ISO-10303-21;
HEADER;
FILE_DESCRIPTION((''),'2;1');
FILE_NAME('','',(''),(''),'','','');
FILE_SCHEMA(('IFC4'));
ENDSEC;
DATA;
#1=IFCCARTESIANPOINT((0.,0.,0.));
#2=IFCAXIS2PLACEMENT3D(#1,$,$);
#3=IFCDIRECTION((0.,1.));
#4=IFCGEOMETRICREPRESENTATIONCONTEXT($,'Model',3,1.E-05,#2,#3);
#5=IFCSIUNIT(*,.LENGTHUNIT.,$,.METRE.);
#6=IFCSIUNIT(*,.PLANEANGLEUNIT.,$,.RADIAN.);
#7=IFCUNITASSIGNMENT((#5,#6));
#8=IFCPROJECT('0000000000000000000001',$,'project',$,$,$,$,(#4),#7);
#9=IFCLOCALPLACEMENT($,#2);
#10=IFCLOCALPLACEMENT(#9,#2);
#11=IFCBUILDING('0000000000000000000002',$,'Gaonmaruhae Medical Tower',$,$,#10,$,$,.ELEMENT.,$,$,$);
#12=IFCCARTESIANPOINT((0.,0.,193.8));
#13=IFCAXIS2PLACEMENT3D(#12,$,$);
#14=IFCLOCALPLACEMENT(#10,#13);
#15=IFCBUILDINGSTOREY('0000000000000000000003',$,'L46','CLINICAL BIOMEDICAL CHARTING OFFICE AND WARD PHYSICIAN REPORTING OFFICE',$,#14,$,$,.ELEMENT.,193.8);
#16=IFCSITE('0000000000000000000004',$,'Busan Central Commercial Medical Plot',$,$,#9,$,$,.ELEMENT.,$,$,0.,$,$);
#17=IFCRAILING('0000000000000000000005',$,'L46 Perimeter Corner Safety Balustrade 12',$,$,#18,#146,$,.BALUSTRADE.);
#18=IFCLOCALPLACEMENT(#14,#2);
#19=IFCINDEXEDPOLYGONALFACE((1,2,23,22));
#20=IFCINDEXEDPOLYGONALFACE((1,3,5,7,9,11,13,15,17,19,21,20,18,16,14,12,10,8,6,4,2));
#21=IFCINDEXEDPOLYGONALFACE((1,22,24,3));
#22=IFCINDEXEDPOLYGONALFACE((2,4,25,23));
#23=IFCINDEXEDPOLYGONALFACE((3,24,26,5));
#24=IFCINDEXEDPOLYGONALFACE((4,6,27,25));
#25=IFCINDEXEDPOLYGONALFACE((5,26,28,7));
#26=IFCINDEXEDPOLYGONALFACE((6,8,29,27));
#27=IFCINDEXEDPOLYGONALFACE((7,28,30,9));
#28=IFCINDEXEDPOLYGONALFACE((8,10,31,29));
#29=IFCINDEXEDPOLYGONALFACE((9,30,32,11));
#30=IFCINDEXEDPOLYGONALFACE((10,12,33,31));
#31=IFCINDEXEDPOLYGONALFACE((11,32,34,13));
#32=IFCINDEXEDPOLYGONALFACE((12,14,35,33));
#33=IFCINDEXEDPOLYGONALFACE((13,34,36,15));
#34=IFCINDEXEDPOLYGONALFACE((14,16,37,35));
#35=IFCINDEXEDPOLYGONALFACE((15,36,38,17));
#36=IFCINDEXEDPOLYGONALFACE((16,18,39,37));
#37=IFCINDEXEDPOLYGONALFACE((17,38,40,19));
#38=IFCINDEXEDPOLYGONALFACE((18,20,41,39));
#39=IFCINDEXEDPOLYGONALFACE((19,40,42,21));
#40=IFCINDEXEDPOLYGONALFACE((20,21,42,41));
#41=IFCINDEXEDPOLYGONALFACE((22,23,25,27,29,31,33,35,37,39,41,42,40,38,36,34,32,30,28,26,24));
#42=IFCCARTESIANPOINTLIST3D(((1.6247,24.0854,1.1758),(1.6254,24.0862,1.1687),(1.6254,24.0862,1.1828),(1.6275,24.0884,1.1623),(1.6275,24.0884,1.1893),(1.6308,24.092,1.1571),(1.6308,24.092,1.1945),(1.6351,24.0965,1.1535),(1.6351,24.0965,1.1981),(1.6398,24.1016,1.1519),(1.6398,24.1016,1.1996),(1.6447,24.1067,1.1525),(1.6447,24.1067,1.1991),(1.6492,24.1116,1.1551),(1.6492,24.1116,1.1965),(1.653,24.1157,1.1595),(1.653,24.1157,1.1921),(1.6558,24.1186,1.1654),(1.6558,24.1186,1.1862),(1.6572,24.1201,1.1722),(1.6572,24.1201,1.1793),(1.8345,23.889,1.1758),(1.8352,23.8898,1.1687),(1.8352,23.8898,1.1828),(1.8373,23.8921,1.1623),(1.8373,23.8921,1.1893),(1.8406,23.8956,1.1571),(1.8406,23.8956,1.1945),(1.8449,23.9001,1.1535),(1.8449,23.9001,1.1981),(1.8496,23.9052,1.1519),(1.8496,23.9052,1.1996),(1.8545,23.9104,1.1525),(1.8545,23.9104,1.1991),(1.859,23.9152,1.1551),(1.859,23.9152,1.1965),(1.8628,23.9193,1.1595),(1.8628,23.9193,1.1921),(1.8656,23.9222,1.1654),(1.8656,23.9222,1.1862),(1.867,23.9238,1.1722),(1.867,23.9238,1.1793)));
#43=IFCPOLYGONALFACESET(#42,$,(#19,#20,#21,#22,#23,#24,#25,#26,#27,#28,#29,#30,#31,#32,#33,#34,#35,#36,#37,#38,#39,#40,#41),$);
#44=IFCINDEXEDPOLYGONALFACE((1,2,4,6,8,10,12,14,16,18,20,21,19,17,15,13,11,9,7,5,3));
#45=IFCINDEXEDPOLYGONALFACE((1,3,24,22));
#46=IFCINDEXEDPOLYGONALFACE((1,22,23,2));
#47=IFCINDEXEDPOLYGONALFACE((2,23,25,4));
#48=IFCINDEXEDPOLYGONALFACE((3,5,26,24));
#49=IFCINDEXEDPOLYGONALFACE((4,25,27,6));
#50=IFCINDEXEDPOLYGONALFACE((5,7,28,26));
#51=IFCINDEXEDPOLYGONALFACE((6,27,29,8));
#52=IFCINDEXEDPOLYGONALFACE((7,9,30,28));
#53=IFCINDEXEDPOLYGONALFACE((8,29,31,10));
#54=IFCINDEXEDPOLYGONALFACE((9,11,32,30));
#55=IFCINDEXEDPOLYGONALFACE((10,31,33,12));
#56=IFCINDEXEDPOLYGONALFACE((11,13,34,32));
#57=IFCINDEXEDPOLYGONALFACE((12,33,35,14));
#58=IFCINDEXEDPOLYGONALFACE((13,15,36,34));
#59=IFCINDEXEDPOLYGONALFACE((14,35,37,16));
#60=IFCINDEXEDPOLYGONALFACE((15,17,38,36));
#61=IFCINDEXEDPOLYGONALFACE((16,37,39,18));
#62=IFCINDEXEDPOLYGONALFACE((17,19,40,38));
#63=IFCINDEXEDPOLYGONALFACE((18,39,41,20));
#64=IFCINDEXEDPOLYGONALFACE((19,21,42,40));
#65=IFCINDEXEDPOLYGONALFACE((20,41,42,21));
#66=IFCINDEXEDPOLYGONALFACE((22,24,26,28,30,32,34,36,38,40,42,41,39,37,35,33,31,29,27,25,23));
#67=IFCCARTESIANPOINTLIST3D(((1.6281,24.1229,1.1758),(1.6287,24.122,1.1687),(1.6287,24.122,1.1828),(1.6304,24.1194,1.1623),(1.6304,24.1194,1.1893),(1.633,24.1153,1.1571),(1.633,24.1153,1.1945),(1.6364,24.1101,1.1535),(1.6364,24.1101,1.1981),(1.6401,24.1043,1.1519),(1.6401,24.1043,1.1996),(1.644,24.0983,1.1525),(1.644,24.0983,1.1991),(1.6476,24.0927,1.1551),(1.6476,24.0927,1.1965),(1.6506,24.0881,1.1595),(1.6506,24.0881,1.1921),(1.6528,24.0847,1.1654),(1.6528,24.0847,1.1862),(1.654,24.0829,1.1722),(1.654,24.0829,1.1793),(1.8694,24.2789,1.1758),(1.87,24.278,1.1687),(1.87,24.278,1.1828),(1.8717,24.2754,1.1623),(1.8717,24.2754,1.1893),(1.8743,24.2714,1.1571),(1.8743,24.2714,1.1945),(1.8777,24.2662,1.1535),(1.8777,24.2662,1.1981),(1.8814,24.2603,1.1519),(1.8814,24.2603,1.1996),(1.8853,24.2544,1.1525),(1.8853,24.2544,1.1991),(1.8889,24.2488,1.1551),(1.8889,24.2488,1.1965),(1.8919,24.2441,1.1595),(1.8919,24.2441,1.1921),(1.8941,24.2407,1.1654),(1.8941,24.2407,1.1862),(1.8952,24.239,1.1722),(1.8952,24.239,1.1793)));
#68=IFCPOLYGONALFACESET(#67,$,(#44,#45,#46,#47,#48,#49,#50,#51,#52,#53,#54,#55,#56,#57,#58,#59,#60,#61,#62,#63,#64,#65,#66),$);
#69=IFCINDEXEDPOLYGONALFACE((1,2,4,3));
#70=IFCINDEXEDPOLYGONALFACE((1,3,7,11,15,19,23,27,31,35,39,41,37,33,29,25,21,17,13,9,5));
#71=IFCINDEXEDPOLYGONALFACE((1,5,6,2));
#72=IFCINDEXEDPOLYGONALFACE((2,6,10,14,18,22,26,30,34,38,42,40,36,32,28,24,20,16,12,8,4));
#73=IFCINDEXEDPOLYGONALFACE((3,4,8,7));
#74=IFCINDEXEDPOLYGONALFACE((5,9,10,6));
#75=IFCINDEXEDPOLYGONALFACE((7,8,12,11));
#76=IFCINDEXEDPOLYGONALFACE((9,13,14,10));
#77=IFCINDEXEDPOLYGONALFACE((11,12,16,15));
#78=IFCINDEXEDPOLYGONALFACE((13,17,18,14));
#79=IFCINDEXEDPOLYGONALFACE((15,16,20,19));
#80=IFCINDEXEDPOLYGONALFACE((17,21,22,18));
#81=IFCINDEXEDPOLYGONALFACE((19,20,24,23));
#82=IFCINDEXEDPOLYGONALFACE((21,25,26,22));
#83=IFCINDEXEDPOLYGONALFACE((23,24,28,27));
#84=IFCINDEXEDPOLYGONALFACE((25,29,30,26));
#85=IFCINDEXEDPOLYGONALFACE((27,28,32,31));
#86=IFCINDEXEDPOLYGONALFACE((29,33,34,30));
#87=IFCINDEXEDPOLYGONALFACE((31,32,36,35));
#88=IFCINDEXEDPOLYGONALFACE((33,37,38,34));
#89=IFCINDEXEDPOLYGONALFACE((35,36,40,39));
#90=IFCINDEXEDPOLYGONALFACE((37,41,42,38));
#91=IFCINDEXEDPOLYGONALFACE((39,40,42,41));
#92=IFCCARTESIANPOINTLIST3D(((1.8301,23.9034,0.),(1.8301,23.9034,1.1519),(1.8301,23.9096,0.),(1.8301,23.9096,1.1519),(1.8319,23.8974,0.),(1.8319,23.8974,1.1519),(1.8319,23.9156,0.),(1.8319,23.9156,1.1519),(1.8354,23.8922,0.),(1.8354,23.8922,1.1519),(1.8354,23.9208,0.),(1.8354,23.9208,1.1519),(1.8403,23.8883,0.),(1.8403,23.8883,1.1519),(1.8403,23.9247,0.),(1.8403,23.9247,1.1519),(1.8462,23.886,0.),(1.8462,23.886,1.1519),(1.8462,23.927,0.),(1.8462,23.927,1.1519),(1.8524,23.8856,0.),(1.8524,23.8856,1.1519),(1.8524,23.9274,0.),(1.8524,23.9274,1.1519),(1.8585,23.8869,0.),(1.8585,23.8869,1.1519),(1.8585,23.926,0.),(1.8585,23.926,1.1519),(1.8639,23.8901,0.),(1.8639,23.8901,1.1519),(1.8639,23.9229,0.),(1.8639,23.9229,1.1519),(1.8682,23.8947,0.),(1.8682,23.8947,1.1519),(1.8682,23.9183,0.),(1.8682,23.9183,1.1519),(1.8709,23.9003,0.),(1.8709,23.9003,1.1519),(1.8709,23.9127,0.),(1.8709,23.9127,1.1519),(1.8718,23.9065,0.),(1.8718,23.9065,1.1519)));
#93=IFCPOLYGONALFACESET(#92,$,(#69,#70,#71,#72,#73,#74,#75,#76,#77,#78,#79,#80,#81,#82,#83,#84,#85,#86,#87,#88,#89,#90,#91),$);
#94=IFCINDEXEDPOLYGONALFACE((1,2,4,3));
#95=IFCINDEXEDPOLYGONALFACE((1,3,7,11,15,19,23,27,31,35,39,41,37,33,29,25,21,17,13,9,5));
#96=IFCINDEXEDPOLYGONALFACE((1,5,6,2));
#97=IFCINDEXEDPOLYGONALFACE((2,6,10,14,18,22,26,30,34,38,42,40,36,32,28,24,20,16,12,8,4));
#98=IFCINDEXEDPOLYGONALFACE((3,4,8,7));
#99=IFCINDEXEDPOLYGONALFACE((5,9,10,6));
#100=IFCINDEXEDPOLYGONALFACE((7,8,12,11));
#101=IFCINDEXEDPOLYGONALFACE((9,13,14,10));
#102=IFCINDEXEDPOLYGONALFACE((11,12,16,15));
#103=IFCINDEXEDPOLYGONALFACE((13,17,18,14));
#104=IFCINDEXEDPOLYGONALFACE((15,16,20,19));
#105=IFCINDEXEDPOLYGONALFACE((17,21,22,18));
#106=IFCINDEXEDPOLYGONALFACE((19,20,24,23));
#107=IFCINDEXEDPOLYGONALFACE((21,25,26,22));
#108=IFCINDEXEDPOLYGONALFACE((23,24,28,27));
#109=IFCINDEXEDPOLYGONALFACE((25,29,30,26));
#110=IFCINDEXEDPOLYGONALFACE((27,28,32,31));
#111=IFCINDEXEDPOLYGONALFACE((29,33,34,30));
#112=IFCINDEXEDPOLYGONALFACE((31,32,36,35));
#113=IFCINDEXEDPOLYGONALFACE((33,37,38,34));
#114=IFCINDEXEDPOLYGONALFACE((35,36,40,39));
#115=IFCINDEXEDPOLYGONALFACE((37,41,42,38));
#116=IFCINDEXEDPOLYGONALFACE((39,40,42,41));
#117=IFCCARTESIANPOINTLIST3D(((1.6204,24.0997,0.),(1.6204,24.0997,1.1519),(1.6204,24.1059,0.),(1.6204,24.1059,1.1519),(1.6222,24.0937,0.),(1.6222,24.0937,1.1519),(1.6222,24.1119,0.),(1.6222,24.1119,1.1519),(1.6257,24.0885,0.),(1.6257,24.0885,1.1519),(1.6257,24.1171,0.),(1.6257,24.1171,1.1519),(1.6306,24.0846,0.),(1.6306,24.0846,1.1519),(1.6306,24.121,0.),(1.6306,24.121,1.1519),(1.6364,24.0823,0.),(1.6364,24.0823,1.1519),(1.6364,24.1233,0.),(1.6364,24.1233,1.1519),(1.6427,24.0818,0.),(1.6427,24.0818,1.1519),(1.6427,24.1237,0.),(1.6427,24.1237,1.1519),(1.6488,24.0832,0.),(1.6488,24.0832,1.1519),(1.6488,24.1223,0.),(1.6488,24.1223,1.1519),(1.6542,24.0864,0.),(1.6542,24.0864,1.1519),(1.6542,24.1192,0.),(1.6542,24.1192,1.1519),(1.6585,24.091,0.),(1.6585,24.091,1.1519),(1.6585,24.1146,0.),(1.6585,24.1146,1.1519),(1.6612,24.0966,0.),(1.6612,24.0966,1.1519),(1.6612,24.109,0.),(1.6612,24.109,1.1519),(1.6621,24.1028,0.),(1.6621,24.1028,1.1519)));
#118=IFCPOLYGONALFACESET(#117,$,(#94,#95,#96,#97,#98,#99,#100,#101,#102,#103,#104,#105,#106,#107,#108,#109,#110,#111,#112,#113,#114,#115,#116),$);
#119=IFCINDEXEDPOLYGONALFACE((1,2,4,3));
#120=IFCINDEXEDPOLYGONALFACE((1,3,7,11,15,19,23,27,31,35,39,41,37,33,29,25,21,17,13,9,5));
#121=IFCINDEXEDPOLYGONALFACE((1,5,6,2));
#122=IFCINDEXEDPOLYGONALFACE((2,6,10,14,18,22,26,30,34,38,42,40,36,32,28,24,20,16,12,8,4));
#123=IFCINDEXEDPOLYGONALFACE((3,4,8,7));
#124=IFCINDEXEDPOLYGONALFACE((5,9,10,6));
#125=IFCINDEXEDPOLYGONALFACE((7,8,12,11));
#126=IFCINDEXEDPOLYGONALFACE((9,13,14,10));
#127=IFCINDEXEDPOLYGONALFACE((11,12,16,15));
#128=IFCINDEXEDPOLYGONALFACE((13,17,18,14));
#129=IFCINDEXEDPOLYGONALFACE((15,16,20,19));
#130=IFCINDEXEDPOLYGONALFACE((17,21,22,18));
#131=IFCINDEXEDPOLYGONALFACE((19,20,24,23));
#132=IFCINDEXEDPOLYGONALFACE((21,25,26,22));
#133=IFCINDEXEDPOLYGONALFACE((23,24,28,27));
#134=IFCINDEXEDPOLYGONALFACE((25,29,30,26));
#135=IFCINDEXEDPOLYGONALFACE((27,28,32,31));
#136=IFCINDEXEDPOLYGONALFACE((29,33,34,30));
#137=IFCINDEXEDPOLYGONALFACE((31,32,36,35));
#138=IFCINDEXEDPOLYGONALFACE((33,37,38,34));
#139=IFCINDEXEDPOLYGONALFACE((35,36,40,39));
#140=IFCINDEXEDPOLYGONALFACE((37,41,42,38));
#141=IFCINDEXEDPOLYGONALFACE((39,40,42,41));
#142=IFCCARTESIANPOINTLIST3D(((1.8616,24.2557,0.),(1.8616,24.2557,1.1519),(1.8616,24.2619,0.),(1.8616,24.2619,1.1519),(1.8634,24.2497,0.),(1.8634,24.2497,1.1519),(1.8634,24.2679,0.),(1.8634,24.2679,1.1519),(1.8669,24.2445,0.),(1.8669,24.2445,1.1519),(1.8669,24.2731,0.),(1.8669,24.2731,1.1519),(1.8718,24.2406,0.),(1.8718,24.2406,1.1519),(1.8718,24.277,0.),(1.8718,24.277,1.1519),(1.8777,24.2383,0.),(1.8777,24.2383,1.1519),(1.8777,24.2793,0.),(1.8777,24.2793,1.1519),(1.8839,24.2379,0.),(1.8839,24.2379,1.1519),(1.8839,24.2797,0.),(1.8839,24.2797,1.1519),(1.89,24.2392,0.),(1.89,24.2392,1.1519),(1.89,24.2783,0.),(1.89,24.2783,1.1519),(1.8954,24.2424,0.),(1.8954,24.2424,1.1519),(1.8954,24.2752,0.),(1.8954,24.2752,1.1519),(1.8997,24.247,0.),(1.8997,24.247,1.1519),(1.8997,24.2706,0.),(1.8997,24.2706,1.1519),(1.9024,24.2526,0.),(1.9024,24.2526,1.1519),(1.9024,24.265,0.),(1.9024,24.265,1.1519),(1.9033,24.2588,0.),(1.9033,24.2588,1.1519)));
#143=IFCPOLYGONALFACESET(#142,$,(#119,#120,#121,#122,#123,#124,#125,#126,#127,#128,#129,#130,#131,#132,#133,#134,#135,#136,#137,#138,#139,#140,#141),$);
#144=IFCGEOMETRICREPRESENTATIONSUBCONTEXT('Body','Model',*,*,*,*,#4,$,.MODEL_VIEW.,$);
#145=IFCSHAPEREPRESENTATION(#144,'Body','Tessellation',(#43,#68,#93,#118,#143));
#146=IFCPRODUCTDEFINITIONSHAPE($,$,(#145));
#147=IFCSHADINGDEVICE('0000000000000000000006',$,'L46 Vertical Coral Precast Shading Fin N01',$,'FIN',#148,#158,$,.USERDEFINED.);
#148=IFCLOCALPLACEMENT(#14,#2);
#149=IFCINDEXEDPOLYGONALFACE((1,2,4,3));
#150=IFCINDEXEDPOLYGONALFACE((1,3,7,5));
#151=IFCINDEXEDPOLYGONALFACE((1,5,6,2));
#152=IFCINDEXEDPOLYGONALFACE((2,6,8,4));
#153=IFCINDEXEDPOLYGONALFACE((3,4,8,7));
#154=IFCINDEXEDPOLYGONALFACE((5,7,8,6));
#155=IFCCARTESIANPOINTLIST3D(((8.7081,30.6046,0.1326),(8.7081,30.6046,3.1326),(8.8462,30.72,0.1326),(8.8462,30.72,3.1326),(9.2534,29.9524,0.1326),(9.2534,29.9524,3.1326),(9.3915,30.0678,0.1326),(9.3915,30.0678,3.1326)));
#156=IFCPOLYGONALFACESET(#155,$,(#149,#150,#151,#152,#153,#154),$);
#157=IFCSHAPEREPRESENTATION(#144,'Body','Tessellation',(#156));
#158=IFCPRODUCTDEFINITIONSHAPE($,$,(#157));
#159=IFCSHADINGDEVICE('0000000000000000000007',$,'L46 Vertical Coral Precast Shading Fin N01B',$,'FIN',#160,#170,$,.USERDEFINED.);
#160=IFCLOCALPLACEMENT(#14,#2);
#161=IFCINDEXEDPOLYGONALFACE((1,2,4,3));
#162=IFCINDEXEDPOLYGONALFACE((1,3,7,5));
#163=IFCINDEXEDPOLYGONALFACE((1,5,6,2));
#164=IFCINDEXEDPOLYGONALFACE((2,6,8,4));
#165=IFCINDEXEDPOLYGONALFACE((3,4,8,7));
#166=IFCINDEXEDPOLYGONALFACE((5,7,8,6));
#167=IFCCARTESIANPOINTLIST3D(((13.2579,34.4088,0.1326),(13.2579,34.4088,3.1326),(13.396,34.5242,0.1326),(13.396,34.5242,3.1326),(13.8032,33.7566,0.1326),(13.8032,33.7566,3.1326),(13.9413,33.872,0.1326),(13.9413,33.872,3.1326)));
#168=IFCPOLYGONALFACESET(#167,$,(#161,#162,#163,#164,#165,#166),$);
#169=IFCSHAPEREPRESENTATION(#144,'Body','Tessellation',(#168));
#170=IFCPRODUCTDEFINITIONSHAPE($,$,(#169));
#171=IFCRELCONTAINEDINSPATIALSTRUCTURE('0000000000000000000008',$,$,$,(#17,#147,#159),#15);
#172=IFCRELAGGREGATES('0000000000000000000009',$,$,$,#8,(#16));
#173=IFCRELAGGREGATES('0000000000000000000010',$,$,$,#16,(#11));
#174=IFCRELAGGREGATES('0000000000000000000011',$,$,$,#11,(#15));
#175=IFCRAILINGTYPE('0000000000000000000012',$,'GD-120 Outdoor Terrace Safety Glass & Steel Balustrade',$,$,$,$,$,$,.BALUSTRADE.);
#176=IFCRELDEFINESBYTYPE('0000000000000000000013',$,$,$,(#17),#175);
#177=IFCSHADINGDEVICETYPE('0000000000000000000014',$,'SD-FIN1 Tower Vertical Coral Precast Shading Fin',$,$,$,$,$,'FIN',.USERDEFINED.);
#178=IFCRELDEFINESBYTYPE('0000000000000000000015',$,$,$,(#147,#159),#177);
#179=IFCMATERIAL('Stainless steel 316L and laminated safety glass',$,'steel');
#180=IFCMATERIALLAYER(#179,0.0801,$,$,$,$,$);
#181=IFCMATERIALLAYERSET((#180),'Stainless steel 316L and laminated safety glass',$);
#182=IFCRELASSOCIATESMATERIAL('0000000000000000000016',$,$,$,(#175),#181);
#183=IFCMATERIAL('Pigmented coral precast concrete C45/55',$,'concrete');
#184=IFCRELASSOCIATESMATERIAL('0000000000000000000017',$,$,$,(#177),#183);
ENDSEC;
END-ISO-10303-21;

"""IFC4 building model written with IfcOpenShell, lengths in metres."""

from ifc_helpers import new_model, si_unit, direction, frame, origin, origin_2d, place, context, subcontext, project, spatial, rectangle, circle, extrude, material, layer, layer_set, type_object, element, save


model = new_model("IFC4")

# Units and contexts
model_context = context("Model", 3, precision=1e-05, world=origin(), true_north=direction((0.0, 1.0)))
body_context = subcontext(model_context, "Body", "Model", "MODEL_VIEW")
ifc_project = project(units=[si_unit("LENGTHUNIT", "METRE"), si_unit("PLANEANGLEUNIT", "RADIAN")], contexts=[model_context])

# Site, building, storey
site_placement = place(None, origin())
site = spatial("IfcSite", under=ifc_project, at=site_placement, Name="Busan Central Commercial Medical Plot", CompositionType="ELEMENT", RefElevation=0.0)
building_placement = place(site_placement, origin())
building = spatial("IfcBuilding", under=site, at=building_placement, Name="Gaonmaruhae Medical Tower", CompositionType="ELEMENT")
storey_placement = place(building_placement, frame((0.0, 0.0, 193.8)))
storey = spatial("IfcBuildingStorey", under=building, at=storey_placement, Name="L46", Description="CLINICAL BIOMEDICAL CHARTING OFFICE AND WARD PHYSICIAN REPORTING OFFICE", CompositionType="ELEMENT", Elevation=193.8)

# Railing
ifc_material_1 = material(Name="Stainless steel 316L and laminated safety glass", Category="steel")
ifc_layer_1 = layer(ifc_material_1, 0.0801)
ifc_layer_set_1 = layer_set([ifc_layer_1], Name="Stainless steel 316L and laminated safety glass")
railing_type = type_object("IfcRailingType", Name="GD-120 Outdoor Terrace Safety Glass & Steel Balustrade", PredefinedType="BALUSTRADE", material=ifc_layer_set_1)
railing_placement = place(storey_placement, frame((1.8508, 23.9065, 0.0)))
element("IfcRailing", 1, at=railing_placement, inside=storey, type_object=railing_type, Name="L46 Perimeter Corner Safety Balustrade 12", PredefinedType="BALUSTRADE", context=body_context, shape_type="SweptSolid", body=[
    extrude(circle(Radius=0.0239, at=origin_2d()), frame((0.0, 0.0, 1.1758), z_axis=(-0.730094, 0.683347, 0.0), x_axis=(-0.683347, -0.730094, 0.0)), (0.0, 0.0, 1.0), 0.2874),
    extrude(circle(Radius=0.0239, at=origin_2d()), frame((-0.2097, 0.1963, 1.1758), z_axis=(0.839684, 0.543075, 0.0), x_axis=(-0.543075, 0.839684, 0.0)), (0.0, 0.0, 1.0), 0.2874),
    extrude(circle(Radius=0.021, at=origin_2d()), origin(), (0.0, 0.0, 1.0), 1.1519),
    extrude(circle(Radius=0.021, at=origin_2d()), frame((-0.2097, 0.1963, 0.0)), (0.0, 0.0, 1.0), 1.1519),
    extrude(circle(Radius=0.021, at=origin_2d()), frame((0.0315, 0.3523, 0.0)), (0.0, 0.0, 1.0), 1.1519),
])

# Shading devices
ifc_material_2 = material(Name="Pigmented coral precast concrete C45/55", Category="concrete")
shading_device_type = type_object("IfcShadingDeviceType", Name="SD-FIN1 Tower Vertical Coral Precast Shading Fin", ElementType="FIN", PredefinedType="USERDEFINED", material=ifc_material_2)
for number, where, z_axis, x_axis, name in (
    (2, (9.0498, 30.3362, 0.1326), (0.0, 0.0, 1.0), (0.767165, 0.64145, 0.0), "L46 Vertical Coral Precast Shading Fin N01"),
    (3, (13.5996, 34.1404, 0.1326), (0.0, 0.0, 1.0), (0.767165, 0.64145, 0.0), "L46 Vertical Coral Precast Shading Fin N01B"),
):
    element("IfcShadingDevice", number, at=place(storey_placement, frame(where, z_axis=z_axis, x_axis=x_axis)), inside=storey, type_object=shading_device_type, Name=name, ObjectType="FIN", PredefinedType="USERDEFINED", context=body_context, shape_type="SweptSolid", body=[
        extrude(rectangle(XDim=0.1799, YDim=0.8501, at=origin_2d()), origin(), (0.0, 0.0, 1.0), 3.0),
    ])

save(model, "model.ifc")
